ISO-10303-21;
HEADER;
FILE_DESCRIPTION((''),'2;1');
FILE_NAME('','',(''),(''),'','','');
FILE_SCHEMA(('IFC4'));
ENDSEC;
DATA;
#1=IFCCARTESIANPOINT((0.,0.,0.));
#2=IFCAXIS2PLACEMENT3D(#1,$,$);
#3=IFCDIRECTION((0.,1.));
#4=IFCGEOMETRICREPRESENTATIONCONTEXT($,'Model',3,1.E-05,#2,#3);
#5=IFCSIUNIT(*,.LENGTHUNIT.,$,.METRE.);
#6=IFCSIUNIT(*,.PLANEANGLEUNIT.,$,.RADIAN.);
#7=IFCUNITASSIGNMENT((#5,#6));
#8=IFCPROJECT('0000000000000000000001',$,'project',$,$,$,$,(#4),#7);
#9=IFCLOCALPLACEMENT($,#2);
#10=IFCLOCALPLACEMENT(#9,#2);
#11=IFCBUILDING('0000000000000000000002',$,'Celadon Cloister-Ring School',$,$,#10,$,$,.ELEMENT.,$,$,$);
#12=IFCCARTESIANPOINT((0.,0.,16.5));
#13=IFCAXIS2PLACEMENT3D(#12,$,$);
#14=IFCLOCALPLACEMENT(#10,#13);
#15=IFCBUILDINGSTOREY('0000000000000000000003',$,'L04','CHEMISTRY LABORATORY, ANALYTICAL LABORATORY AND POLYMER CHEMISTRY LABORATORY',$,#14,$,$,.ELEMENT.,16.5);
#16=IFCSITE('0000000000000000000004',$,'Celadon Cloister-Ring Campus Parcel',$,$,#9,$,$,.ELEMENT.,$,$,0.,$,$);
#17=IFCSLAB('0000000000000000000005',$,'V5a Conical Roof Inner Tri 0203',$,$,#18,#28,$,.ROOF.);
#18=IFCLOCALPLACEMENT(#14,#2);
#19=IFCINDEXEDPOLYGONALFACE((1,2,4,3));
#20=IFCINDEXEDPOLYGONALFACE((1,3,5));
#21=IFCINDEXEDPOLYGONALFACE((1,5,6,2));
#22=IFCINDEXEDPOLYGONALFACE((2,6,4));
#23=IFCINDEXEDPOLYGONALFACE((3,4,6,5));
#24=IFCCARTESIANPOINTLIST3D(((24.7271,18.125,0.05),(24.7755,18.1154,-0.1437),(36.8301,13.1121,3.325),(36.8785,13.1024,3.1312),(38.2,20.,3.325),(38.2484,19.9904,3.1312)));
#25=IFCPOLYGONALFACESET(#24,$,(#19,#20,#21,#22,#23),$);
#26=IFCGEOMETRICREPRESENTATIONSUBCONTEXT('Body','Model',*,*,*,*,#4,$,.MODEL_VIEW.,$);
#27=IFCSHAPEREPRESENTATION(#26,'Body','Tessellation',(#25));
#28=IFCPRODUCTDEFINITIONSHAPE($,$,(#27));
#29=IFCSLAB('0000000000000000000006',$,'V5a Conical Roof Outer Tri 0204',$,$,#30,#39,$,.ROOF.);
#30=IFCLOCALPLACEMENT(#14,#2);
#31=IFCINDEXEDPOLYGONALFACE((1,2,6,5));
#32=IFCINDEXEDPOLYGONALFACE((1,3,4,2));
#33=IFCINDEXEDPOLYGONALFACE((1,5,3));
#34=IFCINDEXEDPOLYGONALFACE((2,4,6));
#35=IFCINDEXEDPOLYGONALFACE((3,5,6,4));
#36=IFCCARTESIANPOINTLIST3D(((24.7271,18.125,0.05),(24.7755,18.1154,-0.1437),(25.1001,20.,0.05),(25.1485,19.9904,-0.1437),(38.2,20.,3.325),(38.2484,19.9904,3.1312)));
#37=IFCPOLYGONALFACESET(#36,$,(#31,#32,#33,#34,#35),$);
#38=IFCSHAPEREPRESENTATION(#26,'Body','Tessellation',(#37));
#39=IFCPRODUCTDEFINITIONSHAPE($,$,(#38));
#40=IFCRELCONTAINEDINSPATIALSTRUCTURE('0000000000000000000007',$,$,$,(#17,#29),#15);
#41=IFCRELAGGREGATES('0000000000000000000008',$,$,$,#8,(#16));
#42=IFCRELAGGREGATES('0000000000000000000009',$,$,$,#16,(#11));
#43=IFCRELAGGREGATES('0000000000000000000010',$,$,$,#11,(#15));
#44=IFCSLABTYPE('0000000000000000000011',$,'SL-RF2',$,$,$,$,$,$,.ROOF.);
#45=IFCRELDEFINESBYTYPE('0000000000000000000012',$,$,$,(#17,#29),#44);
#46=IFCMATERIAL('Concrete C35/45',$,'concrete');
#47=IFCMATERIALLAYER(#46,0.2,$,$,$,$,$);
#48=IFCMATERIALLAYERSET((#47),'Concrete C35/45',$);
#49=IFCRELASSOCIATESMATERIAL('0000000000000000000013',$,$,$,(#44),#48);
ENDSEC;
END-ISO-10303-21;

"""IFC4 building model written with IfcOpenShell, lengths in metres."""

from ifc_helpers import new_model, si_unit, direction, frame, origin, place, context, subcontext, project, spatial, polyline, outline, extrude, material, layer, layer_set, type_object, element, save


model = new_model("IFC4")

# Units and contexts
model_context = context("Model", 3, precision=1e-05, world=origin(), true_north=direction((0.0, 1.0)))
body_context = subcontext(model_context, "Body", "Model", "MODEL_VIEW")
ifc_project = project(units=[si_unit("LENGTHUNIT", "METRE"), si_unit("PLANEANGLEUNIT", "RADIAN")], contexts=[model_context])

# Site, building, storey
site_placement = place(None, origin())
site = spatial("IfcSite", under=ifc_project, at=site_placement, Name="Celadon Cloister-Ring Campus Parcel", CompositionType="ELEMENT", RefElevation=0.0)
building_placement = place(site_placement, origin())
building = spatial("IfcBuilding", under=site, at=building_placement, Name="Celadon Cloister-Ring School", CompositionType="ELEMENT")
storey_placement = place(building_placement, frame((0.0, 0.0, 16.5)))
storey = spatial("IfcBuildingStorey", under=building, at=storey_placement, Name="L04", Description="CHEMISTRY LABORATORY, ANALYTICAL LABORATORY AND POLYMER CHEMISTRY LABORATORY", CompositionType="ELEMENT", Elevation=16.5)

# Slabs
ifc_material_1 = material(Name="Concrete C35/45", Category="concrete")
ifc_layer_1 = layer(ifc_material_1, 0.2)
ifc_layer_set_1 = layer_set([ifc_layer_1], Name="Concrete C35/45")
slab_type = type_object("IfcSlabType", Name="SL-RF2", PredefinedType="ROOF", material=ifc_layer_set_1)
slab_1_placement = place(storey_placement, frame((24.7271, 18.125, 0.05), z_axis=(-0.242247, 0.048178, 0.969018), x_axis=(0.896305, -0.371239, 0.242527)))
element("IfcSlab", 1, at=slab_1_placement, inside=storey, type_object=slab_type, Name="V5a Conical Roof Inner Tri 0203", PredefinedType="ROOF", context=body_context, shape_type="SweptSolid", body=[
    extrude(outline(polyline([(0.0, 0.0), (13.5033, 0.0), (12.174, 6.8959), (0.0, 0.0)])), origin(), (0.0, 0.0, -1.0), 0.2),
])
slab_2_placement = place(storey_placement, frame((24.7271, 18.125, 0.05), z_axis=(-0.24225, 0.048198, 0.969016), x_axis=(0.962941, 0.134011, 0.234065)))
element("IfcSlab", 2, at=slab_2_placement, inside=storey, type_object=slab_type, Name="V5a Conical Roof Outer Tri 0204", PredefinedType="ROOF", context=body_context, shape_type="SweptSolid", body=[
    extrude(outline(polyline([(0.0, 0.0), (13.9914, 0.0), (0.6105, 1.8117), (0.0, 0.0)])), origin(), (0.0, 0.0, -1.0), 0.2),
])

save(model, "model.ifc")
